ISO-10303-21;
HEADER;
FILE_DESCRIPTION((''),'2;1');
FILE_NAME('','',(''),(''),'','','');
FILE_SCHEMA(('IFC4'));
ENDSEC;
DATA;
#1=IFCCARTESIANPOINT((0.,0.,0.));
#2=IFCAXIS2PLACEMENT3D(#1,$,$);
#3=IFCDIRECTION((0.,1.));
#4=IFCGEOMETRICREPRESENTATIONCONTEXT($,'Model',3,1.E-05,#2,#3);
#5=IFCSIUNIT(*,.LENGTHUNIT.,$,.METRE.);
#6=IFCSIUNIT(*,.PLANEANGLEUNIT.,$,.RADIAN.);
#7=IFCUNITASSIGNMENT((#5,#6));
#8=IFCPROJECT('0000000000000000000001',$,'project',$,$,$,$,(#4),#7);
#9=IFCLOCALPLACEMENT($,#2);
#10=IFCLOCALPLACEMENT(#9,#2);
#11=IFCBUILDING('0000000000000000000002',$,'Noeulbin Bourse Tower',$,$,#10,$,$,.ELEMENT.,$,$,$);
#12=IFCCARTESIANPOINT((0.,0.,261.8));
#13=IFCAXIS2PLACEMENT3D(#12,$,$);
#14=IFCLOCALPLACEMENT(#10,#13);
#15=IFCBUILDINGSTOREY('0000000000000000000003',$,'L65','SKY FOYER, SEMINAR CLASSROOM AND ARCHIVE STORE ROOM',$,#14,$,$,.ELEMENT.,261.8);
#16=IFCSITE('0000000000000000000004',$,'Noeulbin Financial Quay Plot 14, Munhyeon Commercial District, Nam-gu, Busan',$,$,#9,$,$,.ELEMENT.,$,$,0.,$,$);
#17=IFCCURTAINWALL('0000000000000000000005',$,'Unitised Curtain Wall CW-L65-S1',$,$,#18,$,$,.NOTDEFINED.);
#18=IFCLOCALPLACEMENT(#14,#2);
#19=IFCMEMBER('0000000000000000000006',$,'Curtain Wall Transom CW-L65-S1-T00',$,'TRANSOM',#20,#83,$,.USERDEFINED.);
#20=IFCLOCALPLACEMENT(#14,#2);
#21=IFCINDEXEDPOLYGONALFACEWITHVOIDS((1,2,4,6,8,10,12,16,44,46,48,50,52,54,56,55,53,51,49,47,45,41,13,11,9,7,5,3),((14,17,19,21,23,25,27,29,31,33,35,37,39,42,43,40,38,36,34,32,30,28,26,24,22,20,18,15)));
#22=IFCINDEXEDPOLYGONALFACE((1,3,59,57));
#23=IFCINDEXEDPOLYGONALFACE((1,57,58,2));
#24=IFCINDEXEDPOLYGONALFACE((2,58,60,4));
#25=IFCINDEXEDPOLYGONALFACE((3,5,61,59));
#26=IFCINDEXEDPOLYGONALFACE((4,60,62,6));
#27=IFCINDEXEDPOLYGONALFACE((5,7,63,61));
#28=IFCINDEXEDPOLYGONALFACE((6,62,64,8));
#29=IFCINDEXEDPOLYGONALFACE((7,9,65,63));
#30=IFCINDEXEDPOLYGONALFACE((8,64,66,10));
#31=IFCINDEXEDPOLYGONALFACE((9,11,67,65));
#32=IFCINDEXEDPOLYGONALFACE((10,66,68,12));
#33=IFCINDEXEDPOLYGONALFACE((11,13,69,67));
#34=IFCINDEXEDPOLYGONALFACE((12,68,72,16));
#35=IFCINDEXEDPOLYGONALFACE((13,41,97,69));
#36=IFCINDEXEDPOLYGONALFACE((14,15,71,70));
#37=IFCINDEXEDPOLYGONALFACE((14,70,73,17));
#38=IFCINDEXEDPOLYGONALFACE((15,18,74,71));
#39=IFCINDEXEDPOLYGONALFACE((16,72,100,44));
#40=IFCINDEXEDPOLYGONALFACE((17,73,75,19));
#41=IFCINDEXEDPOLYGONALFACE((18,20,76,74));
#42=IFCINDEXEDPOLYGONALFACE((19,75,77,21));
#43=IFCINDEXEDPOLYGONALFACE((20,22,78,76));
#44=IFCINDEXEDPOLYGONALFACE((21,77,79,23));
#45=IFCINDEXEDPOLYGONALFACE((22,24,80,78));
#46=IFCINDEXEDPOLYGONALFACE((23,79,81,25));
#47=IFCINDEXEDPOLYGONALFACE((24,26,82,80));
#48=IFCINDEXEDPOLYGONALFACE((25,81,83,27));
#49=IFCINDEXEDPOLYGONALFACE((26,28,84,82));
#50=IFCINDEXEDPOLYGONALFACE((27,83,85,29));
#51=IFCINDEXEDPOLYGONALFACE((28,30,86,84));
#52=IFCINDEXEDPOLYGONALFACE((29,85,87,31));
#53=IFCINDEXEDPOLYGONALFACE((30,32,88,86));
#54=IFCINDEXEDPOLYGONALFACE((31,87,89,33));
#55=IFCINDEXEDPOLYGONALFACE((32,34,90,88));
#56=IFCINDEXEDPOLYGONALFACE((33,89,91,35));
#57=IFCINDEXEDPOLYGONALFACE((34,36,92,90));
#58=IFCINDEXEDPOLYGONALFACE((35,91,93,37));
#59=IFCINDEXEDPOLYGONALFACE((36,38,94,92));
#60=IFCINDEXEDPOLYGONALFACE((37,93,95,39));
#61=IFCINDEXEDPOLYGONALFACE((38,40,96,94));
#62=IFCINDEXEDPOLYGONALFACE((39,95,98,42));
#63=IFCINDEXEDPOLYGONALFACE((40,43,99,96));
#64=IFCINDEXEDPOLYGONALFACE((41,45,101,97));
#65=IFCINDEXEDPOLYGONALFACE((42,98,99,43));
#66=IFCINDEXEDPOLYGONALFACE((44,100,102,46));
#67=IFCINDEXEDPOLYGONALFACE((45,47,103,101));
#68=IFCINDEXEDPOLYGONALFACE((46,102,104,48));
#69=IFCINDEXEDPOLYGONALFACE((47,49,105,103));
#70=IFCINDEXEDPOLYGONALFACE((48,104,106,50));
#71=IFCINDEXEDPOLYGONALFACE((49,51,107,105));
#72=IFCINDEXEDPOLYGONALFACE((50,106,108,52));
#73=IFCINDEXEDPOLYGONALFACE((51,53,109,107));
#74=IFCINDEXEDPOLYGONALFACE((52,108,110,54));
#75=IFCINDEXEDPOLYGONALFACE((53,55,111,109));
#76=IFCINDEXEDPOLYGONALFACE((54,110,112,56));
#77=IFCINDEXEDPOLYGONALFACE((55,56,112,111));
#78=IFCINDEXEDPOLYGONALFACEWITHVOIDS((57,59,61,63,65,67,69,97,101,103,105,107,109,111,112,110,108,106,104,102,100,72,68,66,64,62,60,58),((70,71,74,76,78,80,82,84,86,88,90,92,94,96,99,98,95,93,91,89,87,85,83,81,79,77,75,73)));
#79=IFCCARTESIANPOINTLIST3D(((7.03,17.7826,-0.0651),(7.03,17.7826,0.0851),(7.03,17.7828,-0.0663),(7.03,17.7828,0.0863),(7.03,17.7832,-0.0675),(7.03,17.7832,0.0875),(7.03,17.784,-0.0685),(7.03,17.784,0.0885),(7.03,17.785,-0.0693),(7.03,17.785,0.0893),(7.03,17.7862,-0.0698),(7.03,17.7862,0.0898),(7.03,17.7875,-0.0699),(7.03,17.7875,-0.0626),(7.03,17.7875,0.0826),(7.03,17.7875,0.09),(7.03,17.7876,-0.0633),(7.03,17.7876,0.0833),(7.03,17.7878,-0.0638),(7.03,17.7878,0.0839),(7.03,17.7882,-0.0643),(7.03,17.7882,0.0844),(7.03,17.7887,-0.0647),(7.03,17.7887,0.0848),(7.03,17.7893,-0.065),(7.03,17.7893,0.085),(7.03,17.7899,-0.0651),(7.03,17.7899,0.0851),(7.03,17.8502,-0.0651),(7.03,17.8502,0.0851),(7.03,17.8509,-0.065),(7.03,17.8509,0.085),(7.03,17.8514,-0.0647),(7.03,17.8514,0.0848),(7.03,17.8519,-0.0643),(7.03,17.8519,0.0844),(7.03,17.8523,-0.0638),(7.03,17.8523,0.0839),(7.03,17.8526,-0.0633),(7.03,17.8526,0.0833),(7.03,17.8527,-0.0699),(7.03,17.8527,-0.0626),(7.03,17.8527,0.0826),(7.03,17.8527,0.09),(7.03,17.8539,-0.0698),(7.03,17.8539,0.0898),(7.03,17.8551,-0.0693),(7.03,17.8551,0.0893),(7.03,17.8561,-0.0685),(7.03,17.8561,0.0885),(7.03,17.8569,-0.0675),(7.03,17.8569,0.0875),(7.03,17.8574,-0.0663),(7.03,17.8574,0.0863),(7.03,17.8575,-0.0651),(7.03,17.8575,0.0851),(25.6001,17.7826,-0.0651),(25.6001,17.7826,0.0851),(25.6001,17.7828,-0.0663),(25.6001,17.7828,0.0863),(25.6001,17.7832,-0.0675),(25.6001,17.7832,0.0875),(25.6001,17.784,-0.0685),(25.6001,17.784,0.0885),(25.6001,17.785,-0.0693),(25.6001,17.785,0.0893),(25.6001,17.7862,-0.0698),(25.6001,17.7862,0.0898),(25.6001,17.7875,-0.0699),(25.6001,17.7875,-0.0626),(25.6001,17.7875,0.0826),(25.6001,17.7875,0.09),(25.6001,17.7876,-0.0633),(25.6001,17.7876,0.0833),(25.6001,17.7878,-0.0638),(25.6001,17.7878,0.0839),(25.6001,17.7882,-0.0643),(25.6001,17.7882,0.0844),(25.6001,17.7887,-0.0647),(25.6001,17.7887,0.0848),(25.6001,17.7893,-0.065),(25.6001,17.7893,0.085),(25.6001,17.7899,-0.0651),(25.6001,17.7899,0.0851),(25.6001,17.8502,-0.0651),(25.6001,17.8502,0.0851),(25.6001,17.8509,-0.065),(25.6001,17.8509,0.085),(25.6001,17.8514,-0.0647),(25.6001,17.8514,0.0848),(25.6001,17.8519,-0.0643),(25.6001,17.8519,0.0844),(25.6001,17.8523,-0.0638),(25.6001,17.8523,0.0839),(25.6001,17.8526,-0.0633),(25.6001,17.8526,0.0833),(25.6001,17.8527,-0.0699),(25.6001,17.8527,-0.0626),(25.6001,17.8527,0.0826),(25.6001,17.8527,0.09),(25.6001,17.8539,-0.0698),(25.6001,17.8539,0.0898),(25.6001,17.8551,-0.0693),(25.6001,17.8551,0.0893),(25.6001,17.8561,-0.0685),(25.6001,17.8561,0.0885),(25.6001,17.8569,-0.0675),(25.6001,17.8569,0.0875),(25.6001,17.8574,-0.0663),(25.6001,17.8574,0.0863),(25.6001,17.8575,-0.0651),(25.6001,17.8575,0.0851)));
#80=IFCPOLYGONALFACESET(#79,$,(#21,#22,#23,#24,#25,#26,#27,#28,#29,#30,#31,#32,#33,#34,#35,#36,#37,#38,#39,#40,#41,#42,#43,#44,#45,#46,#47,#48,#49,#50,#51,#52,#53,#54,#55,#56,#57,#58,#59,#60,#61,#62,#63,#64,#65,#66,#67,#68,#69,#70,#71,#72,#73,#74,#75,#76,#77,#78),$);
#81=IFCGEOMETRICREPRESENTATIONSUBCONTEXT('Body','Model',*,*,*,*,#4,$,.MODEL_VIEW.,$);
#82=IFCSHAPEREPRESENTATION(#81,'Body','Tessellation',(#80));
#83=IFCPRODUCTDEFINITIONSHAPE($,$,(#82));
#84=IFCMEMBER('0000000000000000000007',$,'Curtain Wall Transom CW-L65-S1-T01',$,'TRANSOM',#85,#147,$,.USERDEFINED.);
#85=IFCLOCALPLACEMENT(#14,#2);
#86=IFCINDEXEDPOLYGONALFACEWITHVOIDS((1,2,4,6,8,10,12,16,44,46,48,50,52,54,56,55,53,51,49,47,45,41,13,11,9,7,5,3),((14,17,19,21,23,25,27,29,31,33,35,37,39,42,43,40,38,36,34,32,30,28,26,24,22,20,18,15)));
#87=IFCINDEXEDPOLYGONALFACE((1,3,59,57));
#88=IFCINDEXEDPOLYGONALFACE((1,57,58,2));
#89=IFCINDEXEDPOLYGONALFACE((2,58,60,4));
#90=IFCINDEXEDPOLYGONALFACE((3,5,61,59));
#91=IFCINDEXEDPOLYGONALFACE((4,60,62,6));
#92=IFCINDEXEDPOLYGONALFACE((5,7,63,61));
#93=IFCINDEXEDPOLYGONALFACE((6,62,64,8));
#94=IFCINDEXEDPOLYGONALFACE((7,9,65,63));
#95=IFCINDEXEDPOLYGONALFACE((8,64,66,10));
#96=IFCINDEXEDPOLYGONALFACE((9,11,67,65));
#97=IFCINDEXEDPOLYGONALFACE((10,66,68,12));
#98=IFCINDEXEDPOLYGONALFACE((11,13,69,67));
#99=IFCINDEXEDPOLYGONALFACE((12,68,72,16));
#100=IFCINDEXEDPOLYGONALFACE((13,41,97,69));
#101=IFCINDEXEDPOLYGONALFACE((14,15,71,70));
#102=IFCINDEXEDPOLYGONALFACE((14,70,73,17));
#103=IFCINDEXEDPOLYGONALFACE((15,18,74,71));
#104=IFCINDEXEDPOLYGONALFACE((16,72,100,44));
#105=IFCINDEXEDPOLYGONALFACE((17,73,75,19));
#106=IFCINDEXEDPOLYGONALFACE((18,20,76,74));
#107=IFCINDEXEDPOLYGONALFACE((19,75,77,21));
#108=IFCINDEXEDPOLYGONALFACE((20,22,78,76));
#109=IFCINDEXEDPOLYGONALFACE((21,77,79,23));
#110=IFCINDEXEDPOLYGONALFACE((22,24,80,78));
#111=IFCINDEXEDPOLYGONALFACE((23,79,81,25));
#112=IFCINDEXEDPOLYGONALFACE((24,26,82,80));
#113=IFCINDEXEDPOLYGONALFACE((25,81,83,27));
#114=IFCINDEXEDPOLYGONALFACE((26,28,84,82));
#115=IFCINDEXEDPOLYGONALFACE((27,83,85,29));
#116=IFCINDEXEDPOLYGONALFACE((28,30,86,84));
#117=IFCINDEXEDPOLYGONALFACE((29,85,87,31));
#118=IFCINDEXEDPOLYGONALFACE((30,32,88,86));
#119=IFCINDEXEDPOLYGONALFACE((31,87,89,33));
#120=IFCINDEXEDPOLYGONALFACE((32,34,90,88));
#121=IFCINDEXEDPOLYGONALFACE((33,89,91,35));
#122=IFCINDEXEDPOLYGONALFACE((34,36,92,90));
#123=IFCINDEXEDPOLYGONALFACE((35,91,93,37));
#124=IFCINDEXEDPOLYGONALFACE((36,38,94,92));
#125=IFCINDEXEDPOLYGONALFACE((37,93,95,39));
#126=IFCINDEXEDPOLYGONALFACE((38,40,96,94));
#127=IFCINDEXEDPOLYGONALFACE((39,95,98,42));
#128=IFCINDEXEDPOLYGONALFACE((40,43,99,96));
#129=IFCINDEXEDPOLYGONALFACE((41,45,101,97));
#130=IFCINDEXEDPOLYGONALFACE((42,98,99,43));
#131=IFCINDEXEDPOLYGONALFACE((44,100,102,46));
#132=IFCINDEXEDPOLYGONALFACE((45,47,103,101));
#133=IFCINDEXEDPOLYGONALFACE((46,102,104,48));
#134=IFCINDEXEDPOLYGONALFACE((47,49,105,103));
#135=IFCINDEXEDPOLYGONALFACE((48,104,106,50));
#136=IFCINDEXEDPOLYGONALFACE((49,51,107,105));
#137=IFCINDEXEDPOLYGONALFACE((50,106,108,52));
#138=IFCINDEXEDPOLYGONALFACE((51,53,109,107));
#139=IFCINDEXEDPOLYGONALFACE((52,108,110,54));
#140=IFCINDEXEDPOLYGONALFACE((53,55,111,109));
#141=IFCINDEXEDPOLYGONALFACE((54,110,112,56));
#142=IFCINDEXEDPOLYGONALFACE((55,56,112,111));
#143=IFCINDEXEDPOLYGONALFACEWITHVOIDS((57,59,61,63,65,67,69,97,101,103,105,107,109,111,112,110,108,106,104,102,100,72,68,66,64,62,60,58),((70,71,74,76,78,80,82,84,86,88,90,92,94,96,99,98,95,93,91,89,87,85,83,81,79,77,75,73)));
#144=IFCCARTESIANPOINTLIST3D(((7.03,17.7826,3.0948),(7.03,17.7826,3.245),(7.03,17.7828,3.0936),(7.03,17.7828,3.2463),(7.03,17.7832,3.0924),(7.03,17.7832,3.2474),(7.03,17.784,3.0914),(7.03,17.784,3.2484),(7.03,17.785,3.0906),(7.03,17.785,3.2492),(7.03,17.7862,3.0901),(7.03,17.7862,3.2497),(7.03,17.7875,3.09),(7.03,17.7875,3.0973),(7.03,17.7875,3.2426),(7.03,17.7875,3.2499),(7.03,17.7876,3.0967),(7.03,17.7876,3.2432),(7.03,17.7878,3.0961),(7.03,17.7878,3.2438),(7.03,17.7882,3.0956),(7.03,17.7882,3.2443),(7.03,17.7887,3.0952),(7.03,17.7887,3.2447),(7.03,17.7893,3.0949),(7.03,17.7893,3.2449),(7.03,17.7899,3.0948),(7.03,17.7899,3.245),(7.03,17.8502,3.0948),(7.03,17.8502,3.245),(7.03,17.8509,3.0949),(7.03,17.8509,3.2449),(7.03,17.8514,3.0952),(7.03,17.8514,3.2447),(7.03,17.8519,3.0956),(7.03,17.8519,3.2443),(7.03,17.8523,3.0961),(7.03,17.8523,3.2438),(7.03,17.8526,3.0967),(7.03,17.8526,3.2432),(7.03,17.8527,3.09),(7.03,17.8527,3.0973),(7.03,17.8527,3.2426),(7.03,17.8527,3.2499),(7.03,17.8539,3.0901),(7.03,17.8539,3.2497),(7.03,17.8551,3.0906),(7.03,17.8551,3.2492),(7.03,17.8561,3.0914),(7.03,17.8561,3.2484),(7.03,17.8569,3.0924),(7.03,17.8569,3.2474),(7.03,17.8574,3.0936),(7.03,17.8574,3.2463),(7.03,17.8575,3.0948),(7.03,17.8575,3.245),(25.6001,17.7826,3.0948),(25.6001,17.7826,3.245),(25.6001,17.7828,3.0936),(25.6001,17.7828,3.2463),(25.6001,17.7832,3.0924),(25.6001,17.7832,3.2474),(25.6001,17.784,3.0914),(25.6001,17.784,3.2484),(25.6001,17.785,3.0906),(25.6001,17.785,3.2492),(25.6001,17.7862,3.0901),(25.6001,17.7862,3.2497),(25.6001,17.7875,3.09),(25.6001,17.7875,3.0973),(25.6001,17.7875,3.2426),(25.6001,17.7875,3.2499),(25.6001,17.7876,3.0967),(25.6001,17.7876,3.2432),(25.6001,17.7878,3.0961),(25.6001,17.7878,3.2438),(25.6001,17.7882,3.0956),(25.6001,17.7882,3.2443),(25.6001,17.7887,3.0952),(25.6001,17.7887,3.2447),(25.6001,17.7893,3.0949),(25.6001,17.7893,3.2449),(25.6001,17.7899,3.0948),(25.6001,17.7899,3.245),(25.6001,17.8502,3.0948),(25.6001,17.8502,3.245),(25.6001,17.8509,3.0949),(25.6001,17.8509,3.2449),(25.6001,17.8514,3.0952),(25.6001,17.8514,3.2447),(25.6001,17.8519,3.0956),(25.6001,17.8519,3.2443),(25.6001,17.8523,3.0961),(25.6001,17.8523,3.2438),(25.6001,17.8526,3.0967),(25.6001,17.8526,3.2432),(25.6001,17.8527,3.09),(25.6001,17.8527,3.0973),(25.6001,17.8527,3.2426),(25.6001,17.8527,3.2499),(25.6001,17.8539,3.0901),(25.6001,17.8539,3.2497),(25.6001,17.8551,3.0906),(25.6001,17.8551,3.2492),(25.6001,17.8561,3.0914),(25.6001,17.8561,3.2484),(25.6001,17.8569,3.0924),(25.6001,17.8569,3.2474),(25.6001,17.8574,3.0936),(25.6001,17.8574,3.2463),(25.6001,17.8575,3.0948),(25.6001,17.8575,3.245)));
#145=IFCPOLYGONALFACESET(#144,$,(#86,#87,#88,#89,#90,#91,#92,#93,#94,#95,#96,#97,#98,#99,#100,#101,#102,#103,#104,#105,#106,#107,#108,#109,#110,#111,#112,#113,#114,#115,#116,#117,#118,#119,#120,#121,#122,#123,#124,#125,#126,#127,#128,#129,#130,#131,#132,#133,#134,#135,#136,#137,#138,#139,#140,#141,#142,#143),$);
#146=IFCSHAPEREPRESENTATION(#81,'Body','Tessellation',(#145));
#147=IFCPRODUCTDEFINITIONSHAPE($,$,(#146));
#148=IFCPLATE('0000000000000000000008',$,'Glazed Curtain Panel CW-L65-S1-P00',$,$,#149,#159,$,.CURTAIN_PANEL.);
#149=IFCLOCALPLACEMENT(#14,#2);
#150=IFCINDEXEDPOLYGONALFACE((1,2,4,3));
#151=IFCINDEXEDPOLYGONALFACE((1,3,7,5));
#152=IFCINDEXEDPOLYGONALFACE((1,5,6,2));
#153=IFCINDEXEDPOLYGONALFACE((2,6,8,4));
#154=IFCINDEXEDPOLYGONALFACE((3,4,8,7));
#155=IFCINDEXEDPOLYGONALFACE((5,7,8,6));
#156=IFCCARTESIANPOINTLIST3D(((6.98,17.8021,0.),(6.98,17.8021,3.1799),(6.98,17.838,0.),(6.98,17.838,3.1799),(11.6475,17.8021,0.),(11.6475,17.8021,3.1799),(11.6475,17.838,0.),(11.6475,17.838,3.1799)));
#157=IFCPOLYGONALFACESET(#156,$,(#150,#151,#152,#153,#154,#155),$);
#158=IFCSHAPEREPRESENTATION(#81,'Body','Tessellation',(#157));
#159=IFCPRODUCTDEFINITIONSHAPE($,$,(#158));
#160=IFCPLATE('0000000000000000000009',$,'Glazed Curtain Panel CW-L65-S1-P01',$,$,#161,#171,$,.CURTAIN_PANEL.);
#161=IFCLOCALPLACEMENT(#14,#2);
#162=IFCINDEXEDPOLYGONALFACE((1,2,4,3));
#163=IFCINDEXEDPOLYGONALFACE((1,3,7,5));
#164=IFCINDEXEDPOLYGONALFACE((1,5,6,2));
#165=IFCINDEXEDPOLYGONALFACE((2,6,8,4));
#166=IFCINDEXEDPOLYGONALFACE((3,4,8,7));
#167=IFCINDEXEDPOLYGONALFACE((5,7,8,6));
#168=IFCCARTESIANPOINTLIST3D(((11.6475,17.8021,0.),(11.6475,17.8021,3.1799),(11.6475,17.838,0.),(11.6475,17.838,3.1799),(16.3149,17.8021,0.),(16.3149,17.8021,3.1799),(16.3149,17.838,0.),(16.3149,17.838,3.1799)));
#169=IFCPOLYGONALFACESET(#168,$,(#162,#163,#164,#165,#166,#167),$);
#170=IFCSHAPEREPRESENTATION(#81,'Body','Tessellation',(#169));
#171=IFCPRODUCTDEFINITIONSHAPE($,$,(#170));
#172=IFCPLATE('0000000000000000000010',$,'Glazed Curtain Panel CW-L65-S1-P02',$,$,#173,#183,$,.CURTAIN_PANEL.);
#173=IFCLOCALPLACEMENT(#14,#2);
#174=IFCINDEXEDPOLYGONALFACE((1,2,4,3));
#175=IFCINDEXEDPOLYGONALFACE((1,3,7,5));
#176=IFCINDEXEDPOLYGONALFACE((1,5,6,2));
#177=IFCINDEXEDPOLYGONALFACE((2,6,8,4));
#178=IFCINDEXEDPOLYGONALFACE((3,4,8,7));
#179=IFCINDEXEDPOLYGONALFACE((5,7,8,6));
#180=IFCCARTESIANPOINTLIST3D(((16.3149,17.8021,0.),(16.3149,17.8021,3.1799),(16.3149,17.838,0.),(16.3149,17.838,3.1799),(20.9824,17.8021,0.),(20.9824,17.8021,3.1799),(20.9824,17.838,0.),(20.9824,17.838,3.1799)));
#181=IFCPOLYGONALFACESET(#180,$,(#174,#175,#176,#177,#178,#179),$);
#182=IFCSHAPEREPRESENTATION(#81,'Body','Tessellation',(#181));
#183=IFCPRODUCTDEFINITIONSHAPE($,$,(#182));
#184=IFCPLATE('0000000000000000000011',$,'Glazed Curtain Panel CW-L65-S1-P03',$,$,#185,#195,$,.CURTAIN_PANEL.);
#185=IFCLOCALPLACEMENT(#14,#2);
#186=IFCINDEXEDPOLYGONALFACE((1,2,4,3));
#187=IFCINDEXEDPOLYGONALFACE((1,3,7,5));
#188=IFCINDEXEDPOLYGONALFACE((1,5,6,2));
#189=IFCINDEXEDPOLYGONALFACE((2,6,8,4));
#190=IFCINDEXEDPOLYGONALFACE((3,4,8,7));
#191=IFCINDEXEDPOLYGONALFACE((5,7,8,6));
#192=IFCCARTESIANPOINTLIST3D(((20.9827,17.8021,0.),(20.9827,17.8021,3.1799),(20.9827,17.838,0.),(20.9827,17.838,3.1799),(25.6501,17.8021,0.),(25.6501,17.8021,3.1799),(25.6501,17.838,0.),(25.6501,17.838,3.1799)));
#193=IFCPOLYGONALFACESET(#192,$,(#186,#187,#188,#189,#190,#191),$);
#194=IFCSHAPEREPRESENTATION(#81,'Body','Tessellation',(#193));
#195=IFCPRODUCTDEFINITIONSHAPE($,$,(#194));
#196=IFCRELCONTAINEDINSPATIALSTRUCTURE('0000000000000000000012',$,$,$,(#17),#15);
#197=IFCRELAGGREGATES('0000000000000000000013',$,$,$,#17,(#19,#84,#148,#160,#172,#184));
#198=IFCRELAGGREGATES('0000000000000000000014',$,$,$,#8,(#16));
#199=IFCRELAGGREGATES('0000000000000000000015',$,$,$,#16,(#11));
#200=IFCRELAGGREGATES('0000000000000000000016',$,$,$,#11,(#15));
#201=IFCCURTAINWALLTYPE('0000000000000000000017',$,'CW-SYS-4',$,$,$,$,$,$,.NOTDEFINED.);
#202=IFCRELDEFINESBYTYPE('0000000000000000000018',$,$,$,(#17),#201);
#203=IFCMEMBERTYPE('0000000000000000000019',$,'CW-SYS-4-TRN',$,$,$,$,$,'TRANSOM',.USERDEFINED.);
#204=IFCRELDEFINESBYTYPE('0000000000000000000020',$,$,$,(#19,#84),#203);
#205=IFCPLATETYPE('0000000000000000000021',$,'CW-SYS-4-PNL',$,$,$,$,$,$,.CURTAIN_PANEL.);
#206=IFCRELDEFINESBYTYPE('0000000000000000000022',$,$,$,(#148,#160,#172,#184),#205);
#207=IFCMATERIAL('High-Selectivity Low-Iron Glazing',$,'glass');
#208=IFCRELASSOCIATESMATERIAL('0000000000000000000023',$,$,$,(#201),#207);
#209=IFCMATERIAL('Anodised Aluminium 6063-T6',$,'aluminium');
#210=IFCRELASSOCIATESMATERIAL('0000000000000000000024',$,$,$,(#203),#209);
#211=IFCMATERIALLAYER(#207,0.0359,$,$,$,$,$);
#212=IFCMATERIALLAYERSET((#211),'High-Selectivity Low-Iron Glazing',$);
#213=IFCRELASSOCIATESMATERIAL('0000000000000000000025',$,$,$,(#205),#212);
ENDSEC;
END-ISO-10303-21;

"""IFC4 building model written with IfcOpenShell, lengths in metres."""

from ifc_helpers import new_model, si_unit, direction, frame, origin, origin_2d, place, context, subcontext, project, spatial, rectangle, hollow_rectangle, extrude, material, layer, layer_set, material_profile, profile_set, type_object, element, aggregate, save


model = new_model("IFC4")

# Units and contexts
model_context = context("Model", 3, precision=1e-05, world=origin(), true_north=direction((0.0, 1.0)))
body_context = subcontext(model_context, "Body", "Model", "MODEL_VIEW")
ifc_project = project(units=[si_unit("LENGTHUNIT", "METRE"), si_unit("PLANEANGLEUNIT", "RADIAN")], contexts=[model_context])

# Site, building, storey
site_placement = place(None, origin())
site = spatial("IfcSite", under=ifc_project, at=site_placement, Name="Noeulbin Financial Quay Plot 14, Munhyeon Commercial District, Nam-gu, Busan", CompositionType="ELEMENT", RefElevation=0.0)
building_placement = place(site_placement, origin())
building = spatial("IfcBuilding", under=site, at=building_placement, Name="Noeulbin Bourse Tower", CompositionType="ELEMENT")
storey_placement = place(building_placement, frame((0.0, 0.0, 261.8)))
storey = spatial("IfcBuildingStorey", under=building, at=storey_placement, Name="L65", Description="SKY FOYER, SEMINAR CLASSROOM AND ARCHIVE STORE ROOM", CompositionType="ELEMENT", Elevation=261.8)

# Curtain wall, members, plates
ifc_material_1 = material(Name="High-Selectivity Low-Iron Glazing", Category="glass")
curtain_wall_type = type_object("IfcCurtainWallType", Name="CW-SYS-4", PredefinedType="NOTDEFINED", material=ifc_material_1)
curtain_wall_placement = place(storey_placement, origin())
curtain_wall = element("IfcCurtainWall", 1, at=curtain_wall_placement, inside=storey, type_object=curtain_wall_type, Name="Unitised Curtain Wall CW-L65-S1", PredefinedType="NOTDEFINED")
ifc_material_2 = material(Name="Anodised Aluminium 6063-T6", Category="aluminium")
ifc_material_profile_1 = material_profile(ifc_material_2, hollow_rectangle(XDim=0.075, YDim=0.1599, WallThickness=0.0049, InnerFilletRadius=0.0024, OuterFilletRadius=0.0049, at=origin_2d()), Name="ALU-TRAN-75x160x5", Category="LoadBearing")
ifc_profile_set_1 = profile_set([ifc_material_profile_1], Name="Anodised Aluminium 6063-T6")
member_type_1 = type_object("IfcMemberType", Name="CW-SYS-4-TRN", ElementType="TRANSOM", PredefinedType="USERDEFINED", material=ifc_profile_set_1)
member_1_placement = place(storey_placement, frame((7.03, 17.8201, 0.01), z_axis=(1.0, 0.0, 0.0), x_axis=(0.0, 1.0, 0.0)))
member_1 = element("IfcMember", 2, at=member_1_placement, type_object=member_type_1, Name="Curtain Wall Transom CW-L65-S1-T00", ObjectType="TRANSOM", PredefinedType="USERDEFINED", context=body_context, shape_type="SweptSolid", body=[
    extrude(hollow_rectangle(XDim=0.075, YDim=0.1599, WallThickness=0.0049, InnerFilletRadius=0.0024, OuterFilletRadius=0.0049, at=origin_2d()), origin(), (0.0, 0.0, 1.0), 18.5701),
])
member_2_placement = place(storey_placement, frame((7.03, 17.8201, 3.1699), z_axis=(1.0, 0.0, 0.0), x_axis=(0.0, 1.0, 0.0)))
member_2 = element("IfcMember", 3, at=member_2_placement, type_object=member_type_1, Name="Curtain Wall Transom CW-L65-S1-T01", ObjectType="TRANSOM", PredefinedType="USERDEFINED", context=body_context, shape_type="SweptSolid", body=[
    extrude(hollow_rectangle(XDim=0.075, YDim=0.1599, WallThickness=0.0049, InnerFilletRadius=0.0024, OuterFilletRadius=0.0049, at=origin_2d()), origin(), (0.0, 0.0, 1.0), 18.5701),
])
ifc_layer_1 = layer(ifc_material_1, 0.0359)
ifc_layer_set_1 = layer_set([ifc_layer_1], Name="High-Selectivity Low-Iron Glazing")
plate_type_1 = type_object("IfcPlateType", Name="CW-SYS-4-PNL", PredefinedType="CURTAIN_PANEL", material=ifc_layer_set_1)
plate_1_placement = place(storey_placement, frame((9.3137, 17.8201, 0.0), z_axis=(0.0, 0.0, 1.0), x_axis=(1.0, 0.0, 0.0)))
plate_1 = element("IfcPlate", 4, at=plate_1_placement, type_object=plate_type_1, Name="Glazed Curtain Panel CW-L65-S1-P00", PredefinedType="CURTAIN_PANEL", context=body_context, shape_type="SweptSolid", body=[
    extrude(rectangle(XDim=4.6675, YDim=0.0359, at=origin_2d()), origin(), (0.0, 0.0, 1.0), 3.1799),
])
plate_2_placement = place(storey_placement, frame((13.9812, 17.8201, 0.0), z_axis=(0.0, 0.0, 1.0), x_axis=(1.0, 0.0, 0.0)))
plate_2 = element("IfcPlate", 5, at=plate_2_placement, type_object=plate_type_1, Name="Glazed Curtain Panel CW-L65-S1-P01", PredefinedType="CURTAIN_PANEL", context=body_context, shape_type="SweptSolid", body=[
    extrude(rectangle(XDim=4.6675, YDim=0.0359, at=origin_2d()), origin(), (0.0, 0.0, 1.0), 3.1799),
])
plate_3_placement = place(storey_placement, frame((18.6487, 17.8201, 0.0), z_axis=(0.0, 0.0, 1.0), x_axis=(1.0, 0.0, 0.0)))
plate_3 = element("IfcPlate", 6, at=plate_3_placement, type_object=plate_type_1, Name="Glazed Curtain Panel CW-L65-S1-P02", PredefinedType="CURTAIN_PANEL", context=body_context, shape_type="SweptSolid", body=[
    extrude(rectangle(XDim=4.6675, YDim=0.0359, at=origin_2d()), origin(), (0.0, 0.0, 1.0), 3.1799),
])
plate_4_placement = place(storey_placement, frame((23.3164, 17.8201, 0.0), z_axis=(0.0, 0.0, 1.0), x_axis=(1.0, 0.0, 0.0)))
plate_4 = element("IfcPlate", 7, at=plate_4_placement, type_object=plate_type_1, Name="Glazed Curtain Panel CW-L65-S1-P03", PredefinedType="CURTAIN_PANEL", context=body_context, shape_type="SweptSolid", body=[
    extrude(rectangle(XDim=4.6675, YDim=0.0359, at=origin_2d()), origin(), (0.0, 0.0, 1.0), 3.1799),
])
aggregate(curtain_wall, [member_1, member_2, plate_1, plate_2, plate_3, plate_4])

save(model, "model.ifc")
